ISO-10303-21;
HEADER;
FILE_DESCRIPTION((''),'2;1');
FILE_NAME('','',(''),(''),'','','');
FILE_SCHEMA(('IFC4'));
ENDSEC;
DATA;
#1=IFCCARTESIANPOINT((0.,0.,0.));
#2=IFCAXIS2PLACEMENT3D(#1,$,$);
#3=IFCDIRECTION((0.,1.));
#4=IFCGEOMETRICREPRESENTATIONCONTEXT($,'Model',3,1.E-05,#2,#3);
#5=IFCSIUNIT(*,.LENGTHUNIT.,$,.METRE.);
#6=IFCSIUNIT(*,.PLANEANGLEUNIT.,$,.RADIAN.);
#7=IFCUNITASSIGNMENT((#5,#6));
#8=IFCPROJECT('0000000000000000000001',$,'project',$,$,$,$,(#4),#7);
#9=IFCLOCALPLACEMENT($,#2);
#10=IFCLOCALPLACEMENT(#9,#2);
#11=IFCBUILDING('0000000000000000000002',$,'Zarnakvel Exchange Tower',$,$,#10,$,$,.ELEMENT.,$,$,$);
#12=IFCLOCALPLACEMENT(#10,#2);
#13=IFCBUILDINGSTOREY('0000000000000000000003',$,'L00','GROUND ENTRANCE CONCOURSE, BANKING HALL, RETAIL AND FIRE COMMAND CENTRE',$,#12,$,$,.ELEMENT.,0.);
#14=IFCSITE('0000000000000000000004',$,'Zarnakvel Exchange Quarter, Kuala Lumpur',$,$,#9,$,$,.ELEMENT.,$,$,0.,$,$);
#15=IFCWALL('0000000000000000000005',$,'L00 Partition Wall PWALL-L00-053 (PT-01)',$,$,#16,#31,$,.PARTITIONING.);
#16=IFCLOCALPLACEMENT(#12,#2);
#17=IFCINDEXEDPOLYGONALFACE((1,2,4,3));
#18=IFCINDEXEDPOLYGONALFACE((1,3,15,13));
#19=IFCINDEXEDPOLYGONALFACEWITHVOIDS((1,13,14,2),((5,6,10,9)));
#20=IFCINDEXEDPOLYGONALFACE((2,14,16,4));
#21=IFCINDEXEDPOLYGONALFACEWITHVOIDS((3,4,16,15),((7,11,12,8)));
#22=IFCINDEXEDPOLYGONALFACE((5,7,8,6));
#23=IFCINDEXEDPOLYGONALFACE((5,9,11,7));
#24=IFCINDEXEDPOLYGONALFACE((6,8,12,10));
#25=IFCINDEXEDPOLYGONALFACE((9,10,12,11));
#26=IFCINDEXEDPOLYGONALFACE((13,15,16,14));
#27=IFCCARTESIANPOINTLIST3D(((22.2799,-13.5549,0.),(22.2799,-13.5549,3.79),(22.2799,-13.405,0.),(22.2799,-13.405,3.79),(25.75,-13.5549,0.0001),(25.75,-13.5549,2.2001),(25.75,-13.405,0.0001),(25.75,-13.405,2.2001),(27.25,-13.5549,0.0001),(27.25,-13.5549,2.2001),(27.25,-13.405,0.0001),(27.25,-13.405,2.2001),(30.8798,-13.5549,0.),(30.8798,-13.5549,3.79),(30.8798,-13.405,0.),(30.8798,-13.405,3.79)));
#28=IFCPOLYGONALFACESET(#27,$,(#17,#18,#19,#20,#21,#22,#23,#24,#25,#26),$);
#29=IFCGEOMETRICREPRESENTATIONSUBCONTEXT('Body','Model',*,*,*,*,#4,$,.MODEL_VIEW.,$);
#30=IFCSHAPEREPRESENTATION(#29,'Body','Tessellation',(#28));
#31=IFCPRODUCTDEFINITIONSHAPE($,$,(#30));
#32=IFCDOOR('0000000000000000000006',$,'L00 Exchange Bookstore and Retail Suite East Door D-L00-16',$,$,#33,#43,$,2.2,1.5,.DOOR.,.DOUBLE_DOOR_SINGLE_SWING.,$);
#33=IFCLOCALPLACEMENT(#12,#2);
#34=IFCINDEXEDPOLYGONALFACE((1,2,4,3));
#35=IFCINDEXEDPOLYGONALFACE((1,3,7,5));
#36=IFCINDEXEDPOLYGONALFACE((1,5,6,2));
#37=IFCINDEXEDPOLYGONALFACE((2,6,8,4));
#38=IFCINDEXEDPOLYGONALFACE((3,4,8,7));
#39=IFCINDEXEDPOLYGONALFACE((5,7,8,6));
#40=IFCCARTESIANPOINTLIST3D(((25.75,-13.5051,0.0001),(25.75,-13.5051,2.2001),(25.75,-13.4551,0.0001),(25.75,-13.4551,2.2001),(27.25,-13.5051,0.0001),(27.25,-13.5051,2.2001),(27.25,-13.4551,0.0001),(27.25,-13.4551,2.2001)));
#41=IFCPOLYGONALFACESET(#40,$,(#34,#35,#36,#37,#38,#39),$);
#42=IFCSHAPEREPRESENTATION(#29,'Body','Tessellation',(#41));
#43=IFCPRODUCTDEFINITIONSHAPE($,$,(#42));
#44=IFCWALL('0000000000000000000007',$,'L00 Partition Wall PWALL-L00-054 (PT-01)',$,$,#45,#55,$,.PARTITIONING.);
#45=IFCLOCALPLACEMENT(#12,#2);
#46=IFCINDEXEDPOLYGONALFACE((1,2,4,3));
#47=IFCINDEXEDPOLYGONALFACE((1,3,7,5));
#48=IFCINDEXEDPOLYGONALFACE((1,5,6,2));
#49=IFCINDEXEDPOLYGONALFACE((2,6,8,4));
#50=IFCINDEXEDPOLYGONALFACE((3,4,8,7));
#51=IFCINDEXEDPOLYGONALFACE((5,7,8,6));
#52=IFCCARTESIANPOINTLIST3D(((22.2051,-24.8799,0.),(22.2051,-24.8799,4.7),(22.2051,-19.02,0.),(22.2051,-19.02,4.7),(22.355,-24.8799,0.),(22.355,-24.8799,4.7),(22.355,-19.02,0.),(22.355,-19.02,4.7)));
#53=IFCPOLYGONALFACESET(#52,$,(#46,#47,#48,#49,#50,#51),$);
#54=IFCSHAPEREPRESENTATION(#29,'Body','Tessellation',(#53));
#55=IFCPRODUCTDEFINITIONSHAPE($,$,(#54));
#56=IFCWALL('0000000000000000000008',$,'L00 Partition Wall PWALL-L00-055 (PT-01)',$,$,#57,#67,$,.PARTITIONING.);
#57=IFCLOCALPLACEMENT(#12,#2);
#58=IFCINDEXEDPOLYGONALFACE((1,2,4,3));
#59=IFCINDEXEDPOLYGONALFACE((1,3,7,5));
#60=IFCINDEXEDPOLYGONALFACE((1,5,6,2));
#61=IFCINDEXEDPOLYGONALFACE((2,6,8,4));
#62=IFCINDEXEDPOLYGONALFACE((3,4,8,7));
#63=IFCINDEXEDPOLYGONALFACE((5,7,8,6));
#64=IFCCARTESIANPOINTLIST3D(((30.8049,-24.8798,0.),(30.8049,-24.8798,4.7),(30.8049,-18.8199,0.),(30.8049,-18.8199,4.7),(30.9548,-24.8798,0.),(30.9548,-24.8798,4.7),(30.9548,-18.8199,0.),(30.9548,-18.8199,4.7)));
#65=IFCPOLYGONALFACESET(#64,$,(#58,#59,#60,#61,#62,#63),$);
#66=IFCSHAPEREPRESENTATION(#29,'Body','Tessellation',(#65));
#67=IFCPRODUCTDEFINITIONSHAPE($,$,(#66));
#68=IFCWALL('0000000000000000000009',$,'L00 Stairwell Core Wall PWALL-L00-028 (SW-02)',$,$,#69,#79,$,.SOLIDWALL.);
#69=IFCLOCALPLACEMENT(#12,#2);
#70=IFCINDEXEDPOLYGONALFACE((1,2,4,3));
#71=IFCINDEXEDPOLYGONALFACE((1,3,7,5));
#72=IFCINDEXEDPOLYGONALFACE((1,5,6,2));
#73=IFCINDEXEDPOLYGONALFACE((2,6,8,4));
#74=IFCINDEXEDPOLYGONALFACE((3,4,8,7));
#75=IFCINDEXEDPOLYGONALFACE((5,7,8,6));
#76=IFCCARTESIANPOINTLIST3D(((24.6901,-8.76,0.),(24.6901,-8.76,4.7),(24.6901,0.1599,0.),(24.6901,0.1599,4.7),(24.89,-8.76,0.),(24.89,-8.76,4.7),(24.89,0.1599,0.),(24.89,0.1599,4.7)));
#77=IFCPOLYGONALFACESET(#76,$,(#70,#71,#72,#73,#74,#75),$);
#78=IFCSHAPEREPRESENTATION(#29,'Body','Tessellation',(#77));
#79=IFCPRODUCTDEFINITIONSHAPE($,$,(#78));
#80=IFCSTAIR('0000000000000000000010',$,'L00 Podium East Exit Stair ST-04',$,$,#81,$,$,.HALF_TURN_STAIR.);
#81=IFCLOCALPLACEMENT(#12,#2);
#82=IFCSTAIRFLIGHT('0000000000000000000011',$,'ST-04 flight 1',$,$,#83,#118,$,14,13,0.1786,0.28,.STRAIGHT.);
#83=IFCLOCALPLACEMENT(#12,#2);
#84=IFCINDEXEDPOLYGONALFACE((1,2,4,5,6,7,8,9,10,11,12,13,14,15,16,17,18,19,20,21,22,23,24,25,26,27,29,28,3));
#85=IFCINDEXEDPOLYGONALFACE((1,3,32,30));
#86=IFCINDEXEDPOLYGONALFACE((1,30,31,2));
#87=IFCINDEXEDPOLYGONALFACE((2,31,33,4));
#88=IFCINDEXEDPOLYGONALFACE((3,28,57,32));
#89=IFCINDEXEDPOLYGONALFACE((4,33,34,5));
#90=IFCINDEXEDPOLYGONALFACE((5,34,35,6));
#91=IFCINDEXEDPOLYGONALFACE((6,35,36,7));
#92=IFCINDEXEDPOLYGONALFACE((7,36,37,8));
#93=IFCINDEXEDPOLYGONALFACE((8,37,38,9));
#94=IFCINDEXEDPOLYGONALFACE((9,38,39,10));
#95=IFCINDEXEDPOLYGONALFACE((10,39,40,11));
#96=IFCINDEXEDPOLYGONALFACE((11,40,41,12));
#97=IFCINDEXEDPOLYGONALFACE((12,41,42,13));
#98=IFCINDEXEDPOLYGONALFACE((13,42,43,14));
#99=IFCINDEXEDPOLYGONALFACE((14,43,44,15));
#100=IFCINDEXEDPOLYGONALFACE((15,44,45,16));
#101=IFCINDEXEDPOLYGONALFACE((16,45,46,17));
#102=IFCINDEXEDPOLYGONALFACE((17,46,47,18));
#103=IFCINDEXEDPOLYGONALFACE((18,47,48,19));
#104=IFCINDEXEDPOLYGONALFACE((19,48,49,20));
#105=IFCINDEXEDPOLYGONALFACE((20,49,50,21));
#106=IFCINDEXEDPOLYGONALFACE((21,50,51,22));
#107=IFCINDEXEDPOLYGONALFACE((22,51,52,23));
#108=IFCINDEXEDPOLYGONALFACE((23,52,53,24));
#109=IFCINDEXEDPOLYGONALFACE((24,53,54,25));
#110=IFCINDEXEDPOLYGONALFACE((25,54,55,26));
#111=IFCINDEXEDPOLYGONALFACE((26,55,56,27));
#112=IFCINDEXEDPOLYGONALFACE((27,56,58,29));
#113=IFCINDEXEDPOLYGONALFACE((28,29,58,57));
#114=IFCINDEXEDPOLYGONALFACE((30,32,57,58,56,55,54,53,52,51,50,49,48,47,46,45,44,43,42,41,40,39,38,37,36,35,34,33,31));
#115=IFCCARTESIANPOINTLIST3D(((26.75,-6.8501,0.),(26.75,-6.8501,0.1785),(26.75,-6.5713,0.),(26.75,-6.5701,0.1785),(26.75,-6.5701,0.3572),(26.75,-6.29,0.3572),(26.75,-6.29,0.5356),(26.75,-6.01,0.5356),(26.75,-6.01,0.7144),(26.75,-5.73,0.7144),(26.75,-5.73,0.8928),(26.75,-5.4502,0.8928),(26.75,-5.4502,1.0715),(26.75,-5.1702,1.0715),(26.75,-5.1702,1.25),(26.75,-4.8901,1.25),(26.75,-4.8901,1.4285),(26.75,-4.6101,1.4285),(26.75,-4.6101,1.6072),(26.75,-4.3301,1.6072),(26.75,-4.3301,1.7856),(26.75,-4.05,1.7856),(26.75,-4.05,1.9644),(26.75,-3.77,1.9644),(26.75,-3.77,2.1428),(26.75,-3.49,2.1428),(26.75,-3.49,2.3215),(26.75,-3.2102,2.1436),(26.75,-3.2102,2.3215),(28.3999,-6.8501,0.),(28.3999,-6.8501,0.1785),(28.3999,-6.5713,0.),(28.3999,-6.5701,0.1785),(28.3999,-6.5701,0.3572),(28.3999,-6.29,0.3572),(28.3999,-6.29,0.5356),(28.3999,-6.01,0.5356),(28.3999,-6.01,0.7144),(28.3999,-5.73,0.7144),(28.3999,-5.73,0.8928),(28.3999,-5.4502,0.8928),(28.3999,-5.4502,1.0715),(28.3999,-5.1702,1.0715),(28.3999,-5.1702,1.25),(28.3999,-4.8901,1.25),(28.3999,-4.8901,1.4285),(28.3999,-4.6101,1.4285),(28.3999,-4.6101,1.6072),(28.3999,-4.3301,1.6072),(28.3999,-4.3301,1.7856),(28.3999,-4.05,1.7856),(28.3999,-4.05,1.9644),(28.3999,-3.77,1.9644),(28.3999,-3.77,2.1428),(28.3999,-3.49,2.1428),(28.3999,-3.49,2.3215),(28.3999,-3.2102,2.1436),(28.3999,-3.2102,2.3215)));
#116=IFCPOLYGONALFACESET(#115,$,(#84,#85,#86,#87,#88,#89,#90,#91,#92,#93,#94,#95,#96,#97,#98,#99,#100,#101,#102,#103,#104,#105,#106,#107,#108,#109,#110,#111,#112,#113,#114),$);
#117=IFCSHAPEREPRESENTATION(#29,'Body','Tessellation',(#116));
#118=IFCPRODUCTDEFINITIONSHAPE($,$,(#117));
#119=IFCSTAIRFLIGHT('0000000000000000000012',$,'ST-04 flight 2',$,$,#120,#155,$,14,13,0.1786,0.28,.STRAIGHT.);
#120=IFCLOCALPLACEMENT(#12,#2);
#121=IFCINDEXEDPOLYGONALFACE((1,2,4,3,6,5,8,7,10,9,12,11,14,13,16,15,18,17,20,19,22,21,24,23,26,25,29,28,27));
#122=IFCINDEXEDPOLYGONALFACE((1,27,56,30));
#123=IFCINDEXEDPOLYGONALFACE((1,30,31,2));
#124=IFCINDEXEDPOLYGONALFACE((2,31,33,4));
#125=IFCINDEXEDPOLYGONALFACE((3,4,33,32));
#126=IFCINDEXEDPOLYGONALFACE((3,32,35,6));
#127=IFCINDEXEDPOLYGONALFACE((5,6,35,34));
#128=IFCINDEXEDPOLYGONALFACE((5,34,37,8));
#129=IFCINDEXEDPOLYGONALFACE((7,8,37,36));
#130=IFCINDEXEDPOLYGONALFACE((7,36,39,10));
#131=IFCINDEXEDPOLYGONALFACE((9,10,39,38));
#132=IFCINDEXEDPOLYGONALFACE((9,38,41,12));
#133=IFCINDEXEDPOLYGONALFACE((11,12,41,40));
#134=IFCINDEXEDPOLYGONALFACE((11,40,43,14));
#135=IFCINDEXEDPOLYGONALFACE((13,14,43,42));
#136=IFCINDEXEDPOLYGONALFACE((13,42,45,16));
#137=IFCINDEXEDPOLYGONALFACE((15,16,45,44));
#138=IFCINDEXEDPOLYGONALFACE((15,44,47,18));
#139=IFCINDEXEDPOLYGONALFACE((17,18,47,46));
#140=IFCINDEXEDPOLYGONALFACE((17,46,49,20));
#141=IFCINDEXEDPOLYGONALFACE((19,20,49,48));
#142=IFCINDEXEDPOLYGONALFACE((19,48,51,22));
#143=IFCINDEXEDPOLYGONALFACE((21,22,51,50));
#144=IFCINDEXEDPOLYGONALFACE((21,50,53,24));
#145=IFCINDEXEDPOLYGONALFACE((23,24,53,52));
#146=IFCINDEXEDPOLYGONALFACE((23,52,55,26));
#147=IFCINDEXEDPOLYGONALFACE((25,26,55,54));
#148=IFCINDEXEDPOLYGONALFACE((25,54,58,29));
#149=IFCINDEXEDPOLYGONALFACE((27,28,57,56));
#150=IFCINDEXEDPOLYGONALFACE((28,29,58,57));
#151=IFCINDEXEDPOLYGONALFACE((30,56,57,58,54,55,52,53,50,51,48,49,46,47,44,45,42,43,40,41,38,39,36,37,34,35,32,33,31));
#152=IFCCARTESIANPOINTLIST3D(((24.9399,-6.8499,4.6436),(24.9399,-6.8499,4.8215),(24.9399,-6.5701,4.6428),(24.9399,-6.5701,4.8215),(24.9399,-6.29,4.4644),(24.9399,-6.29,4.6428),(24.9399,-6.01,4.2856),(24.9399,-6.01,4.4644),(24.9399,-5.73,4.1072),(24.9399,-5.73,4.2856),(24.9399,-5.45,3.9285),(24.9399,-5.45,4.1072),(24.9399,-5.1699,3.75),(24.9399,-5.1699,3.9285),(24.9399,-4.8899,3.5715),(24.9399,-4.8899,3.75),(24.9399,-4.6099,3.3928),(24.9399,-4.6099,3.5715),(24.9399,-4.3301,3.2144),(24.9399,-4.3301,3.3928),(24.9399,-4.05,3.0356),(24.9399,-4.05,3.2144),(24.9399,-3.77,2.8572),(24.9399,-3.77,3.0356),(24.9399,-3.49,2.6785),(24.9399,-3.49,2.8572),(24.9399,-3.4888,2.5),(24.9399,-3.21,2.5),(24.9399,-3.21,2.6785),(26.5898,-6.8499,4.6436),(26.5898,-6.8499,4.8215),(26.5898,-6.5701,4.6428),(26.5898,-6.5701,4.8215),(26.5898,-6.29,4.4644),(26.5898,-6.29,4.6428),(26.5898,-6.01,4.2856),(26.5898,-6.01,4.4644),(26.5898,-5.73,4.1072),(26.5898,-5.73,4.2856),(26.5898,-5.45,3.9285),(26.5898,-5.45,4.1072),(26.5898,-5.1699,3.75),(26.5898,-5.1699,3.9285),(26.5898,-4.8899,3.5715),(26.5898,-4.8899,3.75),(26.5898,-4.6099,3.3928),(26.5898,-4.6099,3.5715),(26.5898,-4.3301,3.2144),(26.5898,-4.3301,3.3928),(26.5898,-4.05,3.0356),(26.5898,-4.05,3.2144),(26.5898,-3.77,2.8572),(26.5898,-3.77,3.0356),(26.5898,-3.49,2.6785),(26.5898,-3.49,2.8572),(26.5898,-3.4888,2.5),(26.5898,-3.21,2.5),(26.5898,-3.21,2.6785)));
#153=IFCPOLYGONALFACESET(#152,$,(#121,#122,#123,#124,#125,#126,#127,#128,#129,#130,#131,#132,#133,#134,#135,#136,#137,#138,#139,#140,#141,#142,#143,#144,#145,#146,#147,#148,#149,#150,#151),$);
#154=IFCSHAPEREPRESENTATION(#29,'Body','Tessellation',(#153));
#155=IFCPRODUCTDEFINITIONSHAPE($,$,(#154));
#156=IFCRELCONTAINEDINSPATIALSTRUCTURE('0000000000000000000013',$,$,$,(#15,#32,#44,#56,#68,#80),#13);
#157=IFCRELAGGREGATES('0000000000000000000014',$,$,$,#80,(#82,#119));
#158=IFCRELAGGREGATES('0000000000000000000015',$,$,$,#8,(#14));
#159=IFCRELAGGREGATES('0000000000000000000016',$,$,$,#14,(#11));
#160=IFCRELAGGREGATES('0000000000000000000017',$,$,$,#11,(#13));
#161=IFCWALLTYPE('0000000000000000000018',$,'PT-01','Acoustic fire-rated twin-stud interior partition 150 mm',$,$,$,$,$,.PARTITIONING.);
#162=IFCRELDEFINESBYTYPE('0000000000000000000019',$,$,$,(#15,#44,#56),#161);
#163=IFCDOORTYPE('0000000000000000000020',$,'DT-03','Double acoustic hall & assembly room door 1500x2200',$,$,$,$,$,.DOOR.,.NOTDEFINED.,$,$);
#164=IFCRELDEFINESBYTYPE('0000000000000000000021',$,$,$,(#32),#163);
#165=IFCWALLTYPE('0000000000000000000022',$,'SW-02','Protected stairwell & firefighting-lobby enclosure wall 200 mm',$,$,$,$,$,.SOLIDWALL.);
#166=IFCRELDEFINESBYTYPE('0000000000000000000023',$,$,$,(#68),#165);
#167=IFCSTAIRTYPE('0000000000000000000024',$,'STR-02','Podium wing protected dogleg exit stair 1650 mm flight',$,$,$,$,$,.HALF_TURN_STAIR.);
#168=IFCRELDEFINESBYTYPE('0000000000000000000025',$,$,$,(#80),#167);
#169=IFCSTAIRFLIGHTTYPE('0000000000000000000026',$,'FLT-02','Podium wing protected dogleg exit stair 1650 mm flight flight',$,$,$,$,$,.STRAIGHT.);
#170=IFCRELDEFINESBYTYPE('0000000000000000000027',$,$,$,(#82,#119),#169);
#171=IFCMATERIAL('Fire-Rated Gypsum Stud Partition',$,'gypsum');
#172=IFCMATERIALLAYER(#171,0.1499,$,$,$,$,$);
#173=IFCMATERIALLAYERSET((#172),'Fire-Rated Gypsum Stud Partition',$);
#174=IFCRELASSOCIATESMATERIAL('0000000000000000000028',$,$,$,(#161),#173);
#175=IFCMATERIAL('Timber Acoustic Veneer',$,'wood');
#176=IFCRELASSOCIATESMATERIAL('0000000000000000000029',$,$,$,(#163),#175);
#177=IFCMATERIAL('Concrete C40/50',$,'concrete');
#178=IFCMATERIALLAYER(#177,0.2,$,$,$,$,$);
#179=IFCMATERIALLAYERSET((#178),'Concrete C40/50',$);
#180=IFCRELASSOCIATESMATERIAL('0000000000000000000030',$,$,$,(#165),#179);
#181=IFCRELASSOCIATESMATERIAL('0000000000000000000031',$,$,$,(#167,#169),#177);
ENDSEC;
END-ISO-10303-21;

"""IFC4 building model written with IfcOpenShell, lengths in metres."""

from ifc_helpers import new_model, si_unit, direction, frame, frame_2d, origin, place, context, subcontext, project, spatial, polyline, rectangle, outline, extrude, source, transform, mapped, material, layer, layer_set, type_object, element, fill, aggregate, save


model = new_model("IFC4")

# Units and contexts
model_context = context("Model", 3, precision=1e-05, world=origin(), true_north=direction((0.0, 1.0)))
body_context = subcontext(model_context, "Body", "Model", "MODEL_VIEW")
ifc_project = project(units=[si_unit("LENGTHUNIT", "METRE"), si_unit("PLANEANGLEUNIT", "RADIAN")], contexts=[model_context])

# Site, building, storey
site_placement = place(None, origin())
site = spatial("IfcSite", under=ifc_project, at=site_placement, Name="Zarnakvel Exchange Quarter, Kuala Lumpur", CompositionType="ELEMENT", RefElevation=0.0)
building_placement = place(site_placement, origin())
building = spatial("IfcBuilding", under=site, at=building_placement, Name="Zarnakvel Exchange Tower", CompositionType="ELEMENT")
storey_placement = place(building_placement, origin())
storey = spatial("IfcBuildingStorey", under=building, at=storey_placement, Name="L00", Description="GROUND ENTRANCE CONCOURSE, BANKING HALL, RETAIL AND FIRE COMMAND CENTRE", CompositionType="ELEMENT", Elevation=0.0)

# Shared definitions
ifc_material_1 = material(Name="Fire-Rated Gypsum Stud Partition", Category="gypsum")
ifc_layer_1 = layer(ifc_material_1, 0.1499)
ifc_layer_set_1 = layer_set([ifc_layer_1], Name="Fire-Rated Gypsum Stud Partition")
wall_type_1 = type_object("IfcWallType", Name="PT-01", Description="Acoustic fire-rated twin-stud interior partition 150 mm", PredefinedType="PARTITIONING", material=ifc_layer_set_1)

# Wall, opening, door
wall_1_placement = place(storey_placement, frame((22.28, -13.48, 0.0), z_axis=(0.0, 0.0, 1.0), x_axis=(1.0, 0.0, 0.0)))
wall_1 = element("IfcWall", 1, at=wall_1_placement, inside=storey, type_object=wall_type_1, Name="L00 Partition Wall PWALL-L00-053 (PT-01)", PredefinedType="PARTITIONING", context=body_context, shape_type="SweptSolid", body=[
    extrude(rectangle(XDim=8.5999, YDim=0.1499, at=frame_2d((4.2998, 0.0))), origin(), (0.0, 0.0, 1.0), 3.79),
])
opening_1_placement = place(wall_1_placement, frame((3.47, 0.0, 0.0)))
opening_1 = element("IfcOpeningElement", 2, at=opening_1_placement, cuts=wall_1, PredefinedType="OPENING", context=body_context, shape_type="SweptSolid", body=[
    extrude(rectangle(XDim=1.5, YDim=2.2, at=frame_2d((0.75, 1.1001))), frame((0.0, 0.085, 0.0), z_axis=(0.0, -1.0, 0.0), x_axis=(1.0, 0.0, 0.0)), (0.0, 0.0, 1.0), 0.1699),
])
ifc_material_2 = material(Name="Timber Acoustic Veneer", Category="wood")
door_type_1 = type_object("IfcDoorType", Name="DT-03", Description="Double acoustic hall & assembly room door 1500x2200", OperationType="NOTDEFINED", PredefinedType="DOOR", material=ifc_material_2)
shared_shape_1 = source(origin(), body_context, "Body", "SweptSolid", [
    extrude(rectangle(XDim=1.5, YDim=2.2, at=frame_2d((0.75, 1.1001))), frame((0.0, 0.0249, 0.0), z_axis=(0.0, -1.0, 0.0), x_axis=(1.0, 0.0, 0.0)), (0.0, 0.0, 1.0), 0.05),
])
door_1_placement = place(opening_1_placement, origin())
door_1 = element("IfcDoor", 3, at=door_1_placement, inside=storey, type_object=door_type_1, Name="L00 Exchange Bookstore and Retail Suite East Door D-L00-16", OperationType="DOUBLE_DOOR_SINGLE_SWING", OverallHeight=2.2, OverallWidth=1.5, PredefinedType="DOOR", context=body_context, shape_type="MappedRepresentation", body=[
    mapped(shared_shape_1, transform((0.0, 0.0, 0.0), x_axis=(1.0, 0.0, 0.0), y_axis=(0.0, 1.0, 0.0), z_axis=(0.0, 0.0, 1.0), scale=1.0)),
])
fill(opening_1, door_1)

# Walls
wall_2_placement = place(storey_placement, frame((22.28, -24.8799, 0.0), z_axis=(0.0, 0.0, 1.0), x_axis=(0.0, 1.0, 0.0)))
element("IfcWall", 4, at=wall_2_placement, inside=storey, type_object=wall_type_1, Name="L00 Partition Wall PWALL-L00-054 (PT-01)", PredefinedType="PARTITIONING", context=body_context, shape_type="SweptSolid", body=[
    extrude(rectangle(XDim=5.8599, YDim=0.1499, at=frame_2d((2.9299, 0.0))), origin(), (0.0, 0.0, 1.0), 4.7),
])
wall_3_placement = place(storey_placement, frame((30.8799, -18.8201, 0.0), z_axis=(0.0, 0.0, 1.0), x_axis=(0.0, -1.0, 0.0)))
element("IfcWall", 5, at=wall_3_placement, inside=storey, type_object=wall_type_1, Name="L00 Partition Wall PWALL-L00-055 (PT-01)", PredefinedType="PARTITIONING", context=body_context, shape_type="SweptSolid", body=[
    extrude(rectangle(XDim=6.0598, YDim=0.1499, at=frame_2d((3.0298, 0.0))), origin(), (0.0, 0.0, 1.0), 4.7),
])

# Shared definitions
ifc_material_3 = material(Name="Concrete C40/50", Category="concrete")
ifc_layer_2 = layer(ifc_material_3, 0.2)
ifc_layer_set_2 = layer_set([ifc_layer_2], Name="Concrete C40/50")
wall_type_2 = type_object("IfcWallType", Name="SW-02", Description="Protected stairwell & firefighting-lobby enclosure wall 200 mm", PredefinedType="SOLIDWALL", material=ifc_layer_set_2)

# Wall
wall_4_placement = place(storey_placement, frame((24.79, -8.76, 0.0), z_axis=(0.0, 0.0, 1.0), x_axis=(0.0, 1.0, 0.0)))
element("IfcWall", 6, at=wall_4_placement, inside=storey, type_object=wall_type_2, Name="L00 Stairwell Core Wall PWALL-L00-028 (SW-02)", PredefinedType="SOLIDWALL", context=body_context, shape_type="SweptSolid", body=[
    extrude(rectangle(XDim=8.9199, YDim=0.2, at=frame_2d((4.46, 0.0))), origin(), (0.0, 0.0, 1.0), 4.7),
])

# Stair, stair flights
stair_type = type_object("IfcStairType", Name="STR-02", Description="Podium wing protected dogleg exit stair 1650 mm flight", PredefinedType="HALF_TURN_STAIR", material=ifc_material_3)
stair_placement = place(storey_placement, origin())
stair = element("IfcStair", 7, at=stair_placement, inside=storey, type_object=stair_type, Name="L00 Podium East Exit Stair ST-04", PredefinedType="HALF_TURN_STAIR")
stair_flight_type = type_object("IfcStairFlightType", Name="FLT-02", Description="Podium wing protected dogleg exit stair 1650 mm flight flight", PredefinedType="STRAIGHT", material=ifc_material_3)
stair_flight_1_placement = place(storey_placement, frame((27.575, -6.8501, 0.0), z_axis=(0.0, 0.0, 1.0), x_axis=(0.0, 1.0, 0.0)))
stair_flight_1 = element("IfcStairFlight", 8, at=stair_flight_1_placement, type_object=stair_flight_type, Name="ST-04 flight 1", NumberOfRisers=14, NumberOfTreads=13, PredefinedType="STRAIGHT", RiserHeight=0.1786, TreadLength=0.28, context=body_context, shape_type="SweptSolid", body=[
    extrude(outline(polyline([(0.0, 0.0), (0.0, 0.1785), (0.28, 0.1785), (0.28, 0.3572), (0.5601, 0.3572), (0.5601, 0.5356), (0.8401, 0.5356), (0.8401, 0.7144), (1.1201, 0.7144), (1.1201, 0.8928), (1.3999, 0.8928), (1.3999, 1.0715), (1.6799, 1.0715), (1.6799, 1.25), (1.96, 1.25), (1.96, 1.4285), (2.24, 1.4285), (2.24, 1.6072), (2.52, 1.6072), (2.52, 1.7856), (2.8, 1.7856), (2.8, 1.9644), (3.0801, 1.9644), (3.0801, 2.1428), (3.3601, 2.1428), (3.3601, 2.3215), (3.6399, 2.3215), (3.6399, 2.5), (3.6399, 2.1436), (0.2788, 0.0), (0.0, 0.0)])), frame((0.0, 0.825, 0.0), z_axis=(0.0, -1.0, 0.0), x_axis=(1.0, 0.0, 0.0)), (0.0, 0.0, 1.0), 1.6499),
])
stair_flight_2_placement = place(storey_placement, frame((25.7649, -3.21, 2.5), z_axis=(0.0, 0.0, 1.0), x_axis=(0.0, -1.0, 0.0)))
stair_flight_2 = element("IfcStairFlight", 9, at=stair_flight_2_placement, type_object=stair_flight_type, Name="ST-04 flight 2", NumberOfRisers=14, NumberOfTreads=13, PredefinedType="STRAIGHT", RiserHeight=0.1786, TreadLength=0.28, context=body_context, shape_type="SweptSolid", body=[
    extrude(outline(polyline([(0.0, 0.0), (0.0, 0.1785), (0.28, 0.1785), (0.28, 0.3572), (0.5601, 0.3572), (0.5601, 0.5356), (0.8401, 0.5356), (0.8401, 0.7144), (1.1201, 0.7144), (1.1201, 0.8928), (1.3999, 0.8928), (1.3999, 1.0715), (1.6799, 1.0715), (1.6799, 1.25), (1.96, 1.25), (1.96, 1.4285), (2.24, 1.4285), (2.24, 1.6072), (2.52, 1.6072), (2.52, 1.7856), (2.8, 1.7856), (2.8, 1.9644), (3.0801, 1.9644), (3.0801, 2.1428), (3.3601, 2.1428), (3.3601, 2.3215), (3.6399, 2.3215), (3.6399, 2.5), (3.6399, 2.1436), (0.2788, 0.0), (0.0, 0.0)])), frame((0.0, 0.825, 0.0), z_axis=(0.0, -1.0, 0.0), x_axis=(1.0, 0.0, 0.0)), (0.0, 0.0, 1.0), 1.6499),
])
aggregate(stair, [stair_flight_1, stair_flight_2])

save(model, "model.ifc")
